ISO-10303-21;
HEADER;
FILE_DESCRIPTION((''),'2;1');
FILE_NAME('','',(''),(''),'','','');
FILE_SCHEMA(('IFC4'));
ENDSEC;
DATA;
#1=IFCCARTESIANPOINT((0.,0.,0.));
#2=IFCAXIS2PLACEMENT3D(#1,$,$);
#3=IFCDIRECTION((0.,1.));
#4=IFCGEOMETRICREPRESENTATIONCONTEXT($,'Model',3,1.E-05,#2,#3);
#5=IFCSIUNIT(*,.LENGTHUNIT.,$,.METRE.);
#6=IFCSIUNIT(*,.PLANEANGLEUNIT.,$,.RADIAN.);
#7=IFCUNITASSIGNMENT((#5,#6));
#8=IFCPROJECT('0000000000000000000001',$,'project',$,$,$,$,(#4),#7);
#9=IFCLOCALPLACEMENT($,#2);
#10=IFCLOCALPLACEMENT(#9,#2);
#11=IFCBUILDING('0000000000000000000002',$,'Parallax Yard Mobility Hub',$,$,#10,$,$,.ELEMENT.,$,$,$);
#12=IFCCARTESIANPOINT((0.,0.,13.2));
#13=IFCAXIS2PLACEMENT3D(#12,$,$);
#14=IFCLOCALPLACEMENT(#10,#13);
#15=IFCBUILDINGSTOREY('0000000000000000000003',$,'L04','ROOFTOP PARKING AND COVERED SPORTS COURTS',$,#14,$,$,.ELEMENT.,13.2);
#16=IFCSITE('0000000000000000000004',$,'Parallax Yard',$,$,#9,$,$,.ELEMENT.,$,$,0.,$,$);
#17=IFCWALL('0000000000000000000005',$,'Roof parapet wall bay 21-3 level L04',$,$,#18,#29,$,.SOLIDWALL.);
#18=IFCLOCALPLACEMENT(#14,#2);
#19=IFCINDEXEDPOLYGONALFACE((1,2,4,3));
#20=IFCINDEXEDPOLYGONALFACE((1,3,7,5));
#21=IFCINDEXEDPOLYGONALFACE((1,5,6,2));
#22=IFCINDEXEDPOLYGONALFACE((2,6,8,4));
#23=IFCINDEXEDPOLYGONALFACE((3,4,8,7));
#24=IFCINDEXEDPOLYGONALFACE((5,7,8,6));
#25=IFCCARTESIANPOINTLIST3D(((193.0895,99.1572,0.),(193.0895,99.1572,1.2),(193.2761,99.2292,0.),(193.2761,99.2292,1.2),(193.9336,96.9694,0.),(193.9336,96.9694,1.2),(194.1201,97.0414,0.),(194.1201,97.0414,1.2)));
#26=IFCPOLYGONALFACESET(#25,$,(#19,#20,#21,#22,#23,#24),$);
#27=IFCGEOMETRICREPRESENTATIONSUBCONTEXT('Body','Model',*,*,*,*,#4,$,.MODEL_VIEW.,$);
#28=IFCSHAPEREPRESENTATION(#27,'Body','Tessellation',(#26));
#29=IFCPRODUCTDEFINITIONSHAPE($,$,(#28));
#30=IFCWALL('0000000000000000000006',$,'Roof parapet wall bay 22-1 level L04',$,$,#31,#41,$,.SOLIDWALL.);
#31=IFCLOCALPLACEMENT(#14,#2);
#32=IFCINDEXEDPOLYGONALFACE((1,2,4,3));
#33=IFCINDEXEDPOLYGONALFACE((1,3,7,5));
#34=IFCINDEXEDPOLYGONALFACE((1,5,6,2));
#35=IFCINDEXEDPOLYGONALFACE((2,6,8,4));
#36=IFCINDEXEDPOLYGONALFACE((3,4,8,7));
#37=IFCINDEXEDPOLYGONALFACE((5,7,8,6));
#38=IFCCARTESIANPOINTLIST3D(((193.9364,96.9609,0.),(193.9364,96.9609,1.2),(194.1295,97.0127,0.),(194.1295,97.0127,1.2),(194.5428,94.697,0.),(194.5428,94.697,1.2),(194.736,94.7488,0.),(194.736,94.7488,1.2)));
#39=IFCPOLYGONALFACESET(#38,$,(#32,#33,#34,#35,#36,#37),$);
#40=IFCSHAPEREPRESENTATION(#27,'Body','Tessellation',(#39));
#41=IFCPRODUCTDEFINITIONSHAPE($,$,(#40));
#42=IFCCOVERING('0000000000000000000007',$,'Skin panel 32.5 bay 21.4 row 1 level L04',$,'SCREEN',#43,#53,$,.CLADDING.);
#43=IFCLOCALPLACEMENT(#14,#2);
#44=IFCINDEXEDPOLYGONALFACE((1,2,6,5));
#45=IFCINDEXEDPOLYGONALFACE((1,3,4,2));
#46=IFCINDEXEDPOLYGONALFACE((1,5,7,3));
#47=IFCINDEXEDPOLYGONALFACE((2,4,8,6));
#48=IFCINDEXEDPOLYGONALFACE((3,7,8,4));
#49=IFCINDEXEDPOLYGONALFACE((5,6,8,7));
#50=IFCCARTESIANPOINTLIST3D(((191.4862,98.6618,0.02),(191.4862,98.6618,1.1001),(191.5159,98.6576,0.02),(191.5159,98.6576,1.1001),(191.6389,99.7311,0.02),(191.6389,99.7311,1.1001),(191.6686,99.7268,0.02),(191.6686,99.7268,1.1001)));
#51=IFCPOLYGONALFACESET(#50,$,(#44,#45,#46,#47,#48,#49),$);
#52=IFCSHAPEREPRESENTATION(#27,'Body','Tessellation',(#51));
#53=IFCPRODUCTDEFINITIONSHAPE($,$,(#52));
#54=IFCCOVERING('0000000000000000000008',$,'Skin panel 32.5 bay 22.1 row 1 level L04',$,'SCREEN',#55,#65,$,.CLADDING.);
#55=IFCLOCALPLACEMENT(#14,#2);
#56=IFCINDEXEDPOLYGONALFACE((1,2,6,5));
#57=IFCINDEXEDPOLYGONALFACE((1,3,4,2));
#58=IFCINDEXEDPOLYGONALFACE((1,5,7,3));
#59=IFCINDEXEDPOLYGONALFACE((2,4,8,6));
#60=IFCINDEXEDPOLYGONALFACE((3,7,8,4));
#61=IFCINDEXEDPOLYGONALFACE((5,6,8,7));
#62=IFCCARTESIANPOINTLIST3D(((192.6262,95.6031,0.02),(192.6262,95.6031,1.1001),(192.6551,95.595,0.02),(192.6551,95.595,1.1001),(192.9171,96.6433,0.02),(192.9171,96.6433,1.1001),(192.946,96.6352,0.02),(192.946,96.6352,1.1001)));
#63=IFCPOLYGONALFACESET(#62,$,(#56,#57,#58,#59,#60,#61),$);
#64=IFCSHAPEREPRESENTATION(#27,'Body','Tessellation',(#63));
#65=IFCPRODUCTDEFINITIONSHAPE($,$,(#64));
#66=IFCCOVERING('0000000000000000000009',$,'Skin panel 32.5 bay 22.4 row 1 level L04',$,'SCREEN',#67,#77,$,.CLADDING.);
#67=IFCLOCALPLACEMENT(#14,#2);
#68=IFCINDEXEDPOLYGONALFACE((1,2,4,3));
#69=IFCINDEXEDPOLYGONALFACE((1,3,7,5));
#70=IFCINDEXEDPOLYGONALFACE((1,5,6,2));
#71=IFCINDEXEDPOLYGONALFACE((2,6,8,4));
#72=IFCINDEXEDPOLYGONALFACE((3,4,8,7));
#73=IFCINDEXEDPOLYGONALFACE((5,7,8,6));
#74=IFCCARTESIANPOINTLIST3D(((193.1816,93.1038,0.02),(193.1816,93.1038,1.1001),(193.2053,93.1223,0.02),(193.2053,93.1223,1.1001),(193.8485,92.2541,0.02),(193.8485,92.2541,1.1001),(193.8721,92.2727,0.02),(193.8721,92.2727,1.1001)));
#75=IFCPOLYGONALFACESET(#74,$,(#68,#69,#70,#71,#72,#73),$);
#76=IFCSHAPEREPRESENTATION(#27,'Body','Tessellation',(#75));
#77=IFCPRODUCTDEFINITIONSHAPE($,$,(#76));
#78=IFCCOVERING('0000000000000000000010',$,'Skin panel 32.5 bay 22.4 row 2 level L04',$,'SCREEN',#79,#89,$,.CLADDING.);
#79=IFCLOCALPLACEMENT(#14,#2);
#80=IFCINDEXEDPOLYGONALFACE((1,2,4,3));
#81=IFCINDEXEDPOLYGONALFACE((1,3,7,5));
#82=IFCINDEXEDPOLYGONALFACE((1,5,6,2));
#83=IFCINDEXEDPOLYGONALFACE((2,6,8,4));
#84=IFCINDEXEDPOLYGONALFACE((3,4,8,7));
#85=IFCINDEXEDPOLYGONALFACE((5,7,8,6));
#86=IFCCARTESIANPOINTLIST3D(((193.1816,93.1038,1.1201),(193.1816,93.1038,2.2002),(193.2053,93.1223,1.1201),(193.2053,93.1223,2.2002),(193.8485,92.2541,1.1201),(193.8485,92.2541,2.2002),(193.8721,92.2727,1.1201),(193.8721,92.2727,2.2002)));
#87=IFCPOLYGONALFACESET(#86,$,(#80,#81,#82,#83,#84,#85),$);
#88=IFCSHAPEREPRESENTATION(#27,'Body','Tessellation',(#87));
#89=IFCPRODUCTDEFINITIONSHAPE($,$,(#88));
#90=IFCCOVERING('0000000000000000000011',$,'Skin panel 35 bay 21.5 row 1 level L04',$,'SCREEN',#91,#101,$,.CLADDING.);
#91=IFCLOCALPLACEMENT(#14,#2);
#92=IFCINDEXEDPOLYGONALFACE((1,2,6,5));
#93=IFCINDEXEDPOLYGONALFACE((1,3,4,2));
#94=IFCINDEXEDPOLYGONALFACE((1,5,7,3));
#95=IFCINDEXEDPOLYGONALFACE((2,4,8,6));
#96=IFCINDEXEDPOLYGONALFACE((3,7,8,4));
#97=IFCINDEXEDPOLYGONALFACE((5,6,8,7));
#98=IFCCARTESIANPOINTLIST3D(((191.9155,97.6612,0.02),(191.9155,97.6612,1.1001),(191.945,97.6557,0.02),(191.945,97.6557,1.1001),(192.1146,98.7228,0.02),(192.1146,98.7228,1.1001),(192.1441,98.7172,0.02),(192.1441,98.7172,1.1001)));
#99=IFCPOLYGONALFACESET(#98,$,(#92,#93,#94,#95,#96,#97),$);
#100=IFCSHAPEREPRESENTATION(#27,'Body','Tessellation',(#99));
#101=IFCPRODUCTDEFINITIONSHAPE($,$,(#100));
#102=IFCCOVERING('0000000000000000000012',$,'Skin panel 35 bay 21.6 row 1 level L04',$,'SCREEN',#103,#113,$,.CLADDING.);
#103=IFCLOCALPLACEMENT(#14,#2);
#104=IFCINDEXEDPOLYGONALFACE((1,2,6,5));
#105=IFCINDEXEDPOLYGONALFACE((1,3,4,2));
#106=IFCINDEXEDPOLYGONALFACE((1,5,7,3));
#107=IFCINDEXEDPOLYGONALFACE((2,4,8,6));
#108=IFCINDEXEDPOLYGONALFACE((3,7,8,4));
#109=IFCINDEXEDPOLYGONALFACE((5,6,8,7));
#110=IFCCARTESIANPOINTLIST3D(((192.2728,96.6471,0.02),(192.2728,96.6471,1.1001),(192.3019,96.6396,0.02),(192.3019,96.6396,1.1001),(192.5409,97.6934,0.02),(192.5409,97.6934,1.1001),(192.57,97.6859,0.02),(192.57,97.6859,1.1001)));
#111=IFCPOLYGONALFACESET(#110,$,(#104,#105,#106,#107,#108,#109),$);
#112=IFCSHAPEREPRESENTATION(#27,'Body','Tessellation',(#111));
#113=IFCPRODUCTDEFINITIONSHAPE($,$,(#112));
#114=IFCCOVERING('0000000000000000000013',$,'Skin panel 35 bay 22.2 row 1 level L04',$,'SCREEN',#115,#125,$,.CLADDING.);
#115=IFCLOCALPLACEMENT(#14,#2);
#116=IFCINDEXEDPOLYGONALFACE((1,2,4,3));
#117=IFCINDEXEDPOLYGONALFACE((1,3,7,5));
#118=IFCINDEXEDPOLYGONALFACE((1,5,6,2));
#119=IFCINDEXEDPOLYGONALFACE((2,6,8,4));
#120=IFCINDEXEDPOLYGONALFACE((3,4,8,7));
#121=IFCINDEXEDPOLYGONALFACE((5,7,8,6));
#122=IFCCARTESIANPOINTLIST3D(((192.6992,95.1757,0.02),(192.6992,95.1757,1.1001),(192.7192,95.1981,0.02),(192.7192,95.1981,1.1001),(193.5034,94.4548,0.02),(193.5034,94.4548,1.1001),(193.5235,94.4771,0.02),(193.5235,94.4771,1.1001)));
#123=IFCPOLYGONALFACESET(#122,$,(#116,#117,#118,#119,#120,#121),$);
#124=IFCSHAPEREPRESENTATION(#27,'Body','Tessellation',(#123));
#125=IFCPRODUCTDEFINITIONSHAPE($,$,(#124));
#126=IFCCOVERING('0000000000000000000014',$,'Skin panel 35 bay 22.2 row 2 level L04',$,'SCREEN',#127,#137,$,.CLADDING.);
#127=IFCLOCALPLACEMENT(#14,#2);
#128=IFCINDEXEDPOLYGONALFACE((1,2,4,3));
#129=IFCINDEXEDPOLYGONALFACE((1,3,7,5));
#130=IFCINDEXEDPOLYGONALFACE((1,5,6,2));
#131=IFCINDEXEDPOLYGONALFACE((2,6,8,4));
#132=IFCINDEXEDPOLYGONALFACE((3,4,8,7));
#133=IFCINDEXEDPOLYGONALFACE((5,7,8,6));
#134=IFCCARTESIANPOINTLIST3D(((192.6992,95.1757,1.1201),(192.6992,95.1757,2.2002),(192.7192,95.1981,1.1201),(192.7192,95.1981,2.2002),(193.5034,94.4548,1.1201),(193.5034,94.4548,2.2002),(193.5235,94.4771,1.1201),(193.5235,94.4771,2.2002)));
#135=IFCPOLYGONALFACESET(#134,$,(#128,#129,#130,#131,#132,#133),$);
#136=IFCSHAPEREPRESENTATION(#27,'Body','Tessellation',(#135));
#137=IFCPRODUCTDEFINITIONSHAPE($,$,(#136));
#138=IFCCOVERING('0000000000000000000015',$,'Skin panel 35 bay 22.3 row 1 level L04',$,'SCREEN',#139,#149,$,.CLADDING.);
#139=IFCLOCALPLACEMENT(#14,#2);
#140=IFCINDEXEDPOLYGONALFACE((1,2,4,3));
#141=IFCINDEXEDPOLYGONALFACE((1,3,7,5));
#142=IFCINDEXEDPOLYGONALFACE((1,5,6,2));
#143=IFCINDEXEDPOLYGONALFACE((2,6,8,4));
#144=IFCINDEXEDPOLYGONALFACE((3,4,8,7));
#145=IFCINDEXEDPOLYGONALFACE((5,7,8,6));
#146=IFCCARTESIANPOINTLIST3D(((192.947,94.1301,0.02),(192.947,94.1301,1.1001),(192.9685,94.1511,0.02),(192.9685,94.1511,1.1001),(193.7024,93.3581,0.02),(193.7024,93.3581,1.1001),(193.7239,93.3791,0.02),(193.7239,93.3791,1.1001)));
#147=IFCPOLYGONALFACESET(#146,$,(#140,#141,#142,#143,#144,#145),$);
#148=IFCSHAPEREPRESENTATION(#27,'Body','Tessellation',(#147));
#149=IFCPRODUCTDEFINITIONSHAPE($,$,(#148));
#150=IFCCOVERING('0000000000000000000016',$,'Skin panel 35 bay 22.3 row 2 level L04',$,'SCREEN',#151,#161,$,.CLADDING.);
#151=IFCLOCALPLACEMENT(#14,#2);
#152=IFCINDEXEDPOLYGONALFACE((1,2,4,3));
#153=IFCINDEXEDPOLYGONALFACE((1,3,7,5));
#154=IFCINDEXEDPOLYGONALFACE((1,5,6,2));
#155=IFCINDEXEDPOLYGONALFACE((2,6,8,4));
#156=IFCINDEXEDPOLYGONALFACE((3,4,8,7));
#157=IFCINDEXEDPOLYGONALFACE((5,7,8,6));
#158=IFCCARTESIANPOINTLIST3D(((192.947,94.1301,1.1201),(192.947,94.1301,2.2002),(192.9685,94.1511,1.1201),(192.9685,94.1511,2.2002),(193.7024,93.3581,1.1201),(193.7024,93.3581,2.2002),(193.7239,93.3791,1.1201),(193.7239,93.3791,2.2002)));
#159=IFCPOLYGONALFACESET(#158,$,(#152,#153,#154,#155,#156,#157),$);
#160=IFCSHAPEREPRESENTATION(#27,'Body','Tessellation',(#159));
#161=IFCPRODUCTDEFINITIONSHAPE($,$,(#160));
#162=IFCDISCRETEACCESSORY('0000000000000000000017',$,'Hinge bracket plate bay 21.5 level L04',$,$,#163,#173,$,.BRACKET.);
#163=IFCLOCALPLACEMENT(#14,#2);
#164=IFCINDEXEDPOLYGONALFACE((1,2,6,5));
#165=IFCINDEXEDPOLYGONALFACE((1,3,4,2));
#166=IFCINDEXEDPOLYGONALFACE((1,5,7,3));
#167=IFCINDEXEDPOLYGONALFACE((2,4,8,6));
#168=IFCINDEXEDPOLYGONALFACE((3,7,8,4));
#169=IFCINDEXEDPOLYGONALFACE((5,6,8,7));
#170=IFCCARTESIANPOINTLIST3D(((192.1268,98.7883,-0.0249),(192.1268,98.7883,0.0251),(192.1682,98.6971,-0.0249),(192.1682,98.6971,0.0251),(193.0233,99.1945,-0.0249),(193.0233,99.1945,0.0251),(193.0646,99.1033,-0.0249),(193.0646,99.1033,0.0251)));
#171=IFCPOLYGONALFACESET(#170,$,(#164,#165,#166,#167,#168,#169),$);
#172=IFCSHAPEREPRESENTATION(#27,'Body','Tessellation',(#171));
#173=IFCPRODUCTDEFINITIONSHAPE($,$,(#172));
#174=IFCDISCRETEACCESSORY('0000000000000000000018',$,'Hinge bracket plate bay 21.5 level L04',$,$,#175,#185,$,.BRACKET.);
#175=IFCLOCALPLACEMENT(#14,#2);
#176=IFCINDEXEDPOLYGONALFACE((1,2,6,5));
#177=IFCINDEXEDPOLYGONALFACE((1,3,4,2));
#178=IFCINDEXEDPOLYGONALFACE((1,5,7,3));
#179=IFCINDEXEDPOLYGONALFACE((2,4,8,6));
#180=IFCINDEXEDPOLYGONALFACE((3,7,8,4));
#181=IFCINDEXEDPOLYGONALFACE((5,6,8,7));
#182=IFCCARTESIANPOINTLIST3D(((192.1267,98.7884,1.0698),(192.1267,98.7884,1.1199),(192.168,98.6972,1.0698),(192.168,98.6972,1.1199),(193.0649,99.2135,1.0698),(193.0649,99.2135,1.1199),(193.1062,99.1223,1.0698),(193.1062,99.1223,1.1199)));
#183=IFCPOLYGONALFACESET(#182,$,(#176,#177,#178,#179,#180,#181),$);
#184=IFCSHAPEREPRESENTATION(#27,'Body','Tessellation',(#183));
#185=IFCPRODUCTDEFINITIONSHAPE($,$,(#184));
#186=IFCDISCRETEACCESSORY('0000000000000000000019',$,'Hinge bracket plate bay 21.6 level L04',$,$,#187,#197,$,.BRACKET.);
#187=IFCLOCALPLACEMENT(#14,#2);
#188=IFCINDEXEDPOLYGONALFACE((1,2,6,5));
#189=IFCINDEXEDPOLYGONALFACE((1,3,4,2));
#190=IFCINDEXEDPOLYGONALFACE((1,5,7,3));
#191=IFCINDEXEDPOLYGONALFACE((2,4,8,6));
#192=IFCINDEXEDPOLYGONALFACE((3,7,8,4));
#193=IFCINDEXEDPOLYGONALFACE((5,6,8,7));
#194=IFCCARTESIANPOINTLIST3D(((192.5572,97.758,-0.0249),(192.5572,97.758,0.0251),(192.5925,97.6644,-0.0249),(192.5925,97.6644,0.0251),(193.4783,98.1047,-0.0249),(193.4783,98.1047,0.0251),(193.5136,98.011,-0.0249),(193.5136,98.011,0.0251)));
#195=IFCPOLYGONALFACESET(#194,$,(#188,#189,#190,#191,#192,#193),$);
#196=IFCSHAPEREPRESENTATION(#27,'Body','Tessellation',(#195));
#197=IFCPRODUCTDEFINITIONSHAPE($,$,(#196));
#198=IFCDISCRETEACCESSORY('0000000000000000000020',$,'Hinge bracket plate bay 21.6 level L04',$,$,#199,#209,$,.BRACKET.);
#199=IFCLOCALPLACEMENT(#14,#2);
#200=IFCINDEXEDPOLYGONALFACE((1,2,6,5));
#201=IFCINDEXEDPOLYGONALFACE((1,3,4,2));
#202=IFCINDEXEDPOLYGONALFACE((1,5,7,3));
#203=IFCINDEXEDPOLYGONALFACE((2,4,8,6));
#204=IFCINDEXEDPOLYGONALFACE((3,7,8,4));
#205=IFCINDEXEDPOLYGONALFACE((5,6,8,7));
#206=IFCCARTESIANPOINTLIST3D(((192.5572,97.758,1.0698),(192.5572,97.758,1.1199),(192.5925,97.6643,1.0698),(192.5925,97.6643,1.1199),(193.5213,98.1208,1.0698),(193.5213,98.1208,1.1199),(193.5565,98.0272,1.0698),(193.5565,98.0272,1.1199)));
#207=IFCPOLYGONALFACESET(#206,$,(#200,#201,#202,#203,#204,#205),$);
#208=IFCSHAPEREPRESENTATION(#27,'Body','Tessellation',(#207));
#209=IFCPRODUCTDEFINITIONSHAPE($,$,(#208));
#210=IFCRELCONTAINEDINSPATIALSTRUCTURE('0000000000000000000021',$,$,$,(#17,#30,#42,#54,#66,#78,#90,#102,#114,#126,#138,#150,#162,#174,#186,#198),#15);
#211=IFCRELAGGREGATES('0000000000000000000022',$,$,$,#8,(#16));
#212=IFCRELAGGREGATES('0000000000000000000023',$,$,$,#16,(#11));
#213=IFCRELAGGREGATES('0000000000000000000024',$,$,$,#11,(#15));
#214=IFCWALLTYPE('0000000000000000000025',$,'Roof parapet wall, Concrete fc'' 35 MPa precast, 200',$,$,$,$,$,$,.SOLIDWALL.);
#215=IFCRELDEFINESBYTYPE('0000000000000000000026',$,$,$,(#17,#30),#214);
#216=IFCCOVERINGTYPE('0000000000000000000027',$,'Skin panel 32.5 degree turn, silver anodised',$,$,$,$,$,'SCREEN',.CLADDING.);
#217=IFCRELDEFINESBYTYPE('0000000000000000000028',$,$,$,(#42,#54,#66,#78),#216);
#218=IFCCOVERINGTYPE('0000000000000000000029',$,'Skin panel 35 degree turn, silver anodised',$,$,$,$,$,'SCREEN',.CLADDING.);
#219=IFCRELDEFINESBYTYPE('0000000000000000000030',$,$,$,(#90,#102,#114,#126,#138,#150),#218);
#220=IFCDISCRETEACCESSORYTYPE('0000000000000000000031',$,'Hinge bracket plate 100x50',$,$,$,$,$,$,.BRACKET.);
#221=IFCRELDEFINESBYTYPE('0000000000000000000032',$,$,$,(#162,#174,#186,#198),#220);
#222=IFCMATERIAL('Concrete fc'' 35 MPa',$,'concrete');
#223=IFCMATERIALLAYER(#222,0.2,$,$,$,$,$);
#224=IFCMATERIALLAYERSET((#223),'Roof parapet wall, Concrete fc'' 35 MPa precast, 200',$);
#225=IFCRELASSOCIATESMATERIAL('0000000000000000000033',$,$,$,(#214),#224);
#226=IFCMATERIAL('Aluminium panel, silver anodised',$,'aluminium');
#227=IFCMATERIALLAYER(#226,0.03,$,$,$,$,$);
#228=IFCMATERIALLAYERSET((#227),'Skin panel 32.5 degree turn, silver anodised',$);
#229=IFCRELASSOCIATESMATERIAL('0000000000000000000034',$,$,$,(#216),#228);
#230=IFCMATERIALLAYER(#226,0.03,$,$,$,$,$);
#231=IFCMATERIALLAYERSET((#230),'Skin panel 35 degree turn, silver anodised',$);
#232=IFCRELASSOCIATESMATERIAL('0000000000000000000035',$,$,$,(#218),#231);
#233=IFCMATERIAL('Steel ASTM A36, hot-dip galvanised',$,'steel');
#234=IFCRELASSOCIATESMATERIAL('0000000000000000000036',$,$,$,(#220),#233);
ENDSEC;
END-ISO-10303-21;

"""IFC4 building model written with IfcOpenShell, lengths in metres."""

from ifc_helpers import new_model, si_unit, direction, frame, frame_2d, origin, origin_2d, place, context, subcontext, project, spatial, rectangle, extrude, material, layer, layer_set, type_object, element, save


model = new_model("IFC4")

# Units and contexts
model_context = context("Model", 3, precision=1e-05, world=origin(), true_north=direction((0.0, 1.0)))
body_context = subcontext(model_context, "Body", "Model", "MODEL_VIEW")
ifc_project = project(units=[si_unit("LENGTHUNIT", "METRE"), si_unit("PLANEANGLEUNIT", "RADIAN")], contexts=[model_context])

# Site, building, storey
site_placement = place(None, origin())
site = spatial("IfcSite", under=ifc_project, at=site_placement, Name="Parallax Yard", CompositionType="ELEMENT", RefElevation=0.0)
building_placement = place(site_placement, origin())
building = spatial("IfcBuilding", under=site, at=building_placement, Name="Parallax Yard Mobility Hub", CompositionType="ELEMENT")
storey_placement = place(building_placement, frame((0.0, 0.0, 13.2)))
storey = spatial("IfcBuildingStorey", under=building, at=storey_placement, Name="L04", Description="ROOFTOP PARKING AND COVERED SPORTS COURTS", CompositionType="ELEMENT", Elevation=13.2)

# Walls
ifc_material_1 = material(Name="Concrete fc' 35 MPa", Category="concrete")
ifc_layer_1 = layer(ifc_material_1, 0.2)
ifc_layer_set_1 = layer_set([ifc_layer_1], Name="Roof parapet wall, Concrete fc' 35 MPa precast, 200")
wall_type = type_object("IfcWallType", Name="Roof parapet wall, Concrete fc' 35 MPa precast, 200", PredefinedType="SOLIDWALL", material=ifc_layer_set_1)
wall_1_placement = place(storey_placement, frame((193.1829, 99.1931, 0.0), z_axis=(0.0, 0.0, 1.0), x_axis=(0.359928, -0.93298, 0.0)))
element("IfcWall", 1, at=wall_1_placement, inside=storey, type_object=wall_type, Name="Roof parapet wall bay 21-3 level L04", PredefinedType="SOLIDWALL", context=body_context, shape_type="SweptSolid", body=[
    extrude(rectangle(XDim=2.345, YDim=0.2, at=frame_2d((1.1724, 0.0))), origin(), (0.0, 0.0, 1.0), 1.2),
])
wall_2_placement = place(storey_placement, frame((194.033, 96.9868, 0.0), z_axis=(0.0, 0.0, 1.0), x_axis=(0.258752, -0.965944, 0.0)))
element("IfcWall", 2, at=wall_2_placement, inside=storey, type_object=wall_type, Name="Roof parapet wall bay 22-1 level L04", PredefinedType="SOLIDWALL", context=body_context, shape_type="SweptSolid", body=[
    extrude(rectangle(XDim=2.3438, YDim=0.2, at=frame_2d((1.1719, 0.0))), origin(), (0.0, 0.0, 1.0), 1.2),
])

# Coverings
ifc_material_2 = material(Name="Aluminium panel, silver anodised", Category="aluminium")
ifc_layer_2 = layer(ifc_material_2, 0.03)
ifc_layer_set_2 = layer_set([ifc_layer_2], Name="Skin panel 32.5 degree turn, silver anodised")
covering_type_1 = type_object("IfcCoveringType", Name="Skin panel 32.5 degree turn, silver anodised", ElementType="SCREEN", PredefinedType="CLADDING", material=ifc_layer_set_2)
for number, where, z_axis, x_axis, name in (
    (3, (191.5774, 99.1943, 0.02), (0.0, 0.0, 1.0), (-0.141333, -0.989962, 0.0), "Skin panel 32.5 bay 21.4 row 1 level L04"),
    (4, (192.7861, 96.1191, 0.02), (0.0, 0.0, 1.0), (-0.26934, -0.963045, 0.0), "Skin panel 32.5 bay 22.1 row 1 level L04"),
    (5, (193.5269, 92.6882, 0.02), (0.0, 0.0, 1.0), (-0.617379, 0.786666, 0.0), "Skin panel 32.5 bay 22.4 row 1 level L04"),
    (6, (193.5269, 92.6882, 1.1201), (0.0, 0.0, 1.0), (-0.617379, 0.786666, 0.0), "Skin panel 32.5 bay 22.4 row 2 level L04"),
):
    element("IfcCovering", number, at=place(storey_placement, frame(where, z_axis=z_axis, x_axis=x_axis)), inside=storey, type_object=covering_type_1, Name=name, ObjectType="SCREEN", PredefinedType="CLADDING", context=body_context, shape_type="SweptSolid", body=[
        extrude(rectangle(XDim=1.0801, YDim=0.03, at=origin_2d()), origin(), (0.0, 0.0, 1.0), 1.0801),
    ])
ifc_layer_3 = layer(ifc_material_2, 0.03)
ifc_layer_set_3 = layer_set([ifc_layer_3], Name="Skin panel 35 degree turn, silver anodised")
covering_type_2 = type_object("IfcCoveringType", Name="Skin panel 35 degree turn, silver anodised", ElementType="SCREEN", PredefinedType="CLADDING", material=ifc_layer_set_3)
for number, where, z_axis, x_axis, name in (
    (7, (192.0298, 98.1892, 0.02), (0.0, 0.0, 1.0), (-0.18438, -0.982855, 0.0), "Skin panel 35 bay 21.5 row 1 level L04"),
    (8, (192.4214, 97.1665, 0.02), (0.0, 0.0, 1.0), (-0.248267, -0.968692, 0.0), "Skin panel 35 bay 21.6 row 1 level L04"),
    (9, (193.1113, 94.8264, 0.02), (0.0, 0.0, 1.0), (-0.744603, 0.667508, 0.0), "Skin panel 35 bay 22.2 row 1 level L04"),
    (10, (193.1113, 94.8264, 1.1201), (0.0, 0.0, 1.0), (-0.744603, 0.667508, 0.0), "Skin panel 35 bay 22.2 row 2 level L04"),
    (11, (193.3354, 93.7546, 0.02), (0.0, 0.0, 1.0), (-0.699352, 0.714778, 0.0), "Skin panel 35 bay 22.3 row 1 level L04"),
    (12, (193.3354, 93.7546, 1.1201), (0.0, 0.0, 1.0), (-0.699352, 0.714778, 0.0), "Skin panel 35 bay 22.3 row 2 level L04"),
):
    element("IfcCovering", number, at=place(storey_placement, frame(where, z_axis=z_axis, x_axis=x_axis)), inside=storey, type_object=covering_type_2, Name=name, ObjectType="SCREEN", PredefinedType="CLADDING", context=body_context, shape_type="SweptSolid", body=[
        extrude(rectangle(XDim=1.0801, YDim=0.03, at=origin_2d()), origin(), (0.0, 0.0, 1.0), 1.0801),
    ])

# Discrete accessories
ifc_material_3 = material(Name="Steel ASTM A36, hot-dip galvanised", Category="steel")
discrete_accessory_type_1 = type_object("IfcDiscreteAccessoryType", Name="Hinge bracket plate 100x50", PredefinedType="BRACKET", material=ifc_material_3)
discrete_accessory_1_placement = place(storey_placement, frame((192.5957, 98.9458, -0.0249), z_axis=(0.0, 0.0, 1.0), x_axis=(-0.910864, -0.412707, 0.0)))
element("IfcDiscreteAccessory", 13, at=discrete_accessory_1_placement, inside=storey, type_object=discrete_accessory_type_1, Name="Hinge bracket plate bay 21.5 level L04", PredefinedType="BRACKET", context=body_context, shape_type="SweptSolid", body=[
    extrude(rectangle(XDim=0.9841, YDim=0.1001, at=origin_2d()), origin(), (0.0, 0.0, 1.0), 0.05),
])
discrete_accessory_2_placement = place(storey_placement, frame((192.6165, 98.9553, 1.0698), z_axis=(0.0, 0.0, 1.0), x_axis=(-0.910864, -0.412707, 0.0)))
element("IfcDiscreteAccessory", 14, at=discrete_accessory_2_placement, inside=storey, type_object=discrete_accessory_type_1, Name="Hinge bracket plate bay 21.5 level L04", PredefinedType="BRACKET", context=body_context, shape_type="SweptSolid", body=[
    extrude(rectangle(XDim=1.03, YDim=0.1001, at=origin_2d()), origin(), (0.0, 0.0, 1.0), 0.05),
])
discrete_accessory_3_placement = place(storey_placement, frame((193.0354, 97.8845, -0.0249), z_axis=(0.0, 0.0, 1.0), x_axis=(-0.935906, -0.35225, 0.0)))
element("IfcDiscreteAccessory", 15, at=discrete_accessory_3_placement, inside=storey, type_object=discrete_accessory_type_1, Name="Hinge bracket plate bay 21.6 level L04", PredefinedType="BRACKET", context=body_context, shape_type="SweptSolid", body=[
    extrude(rectangle(XDim=0.9841, YDim=0.1001, at=origin_2d()), origin(), (0.0, 0.0, 1.0), 0.05),
])
discrete_accessory_4_placement = place(storey_placement, frame((193.0569, 97.8926, 1.0698), z_axis=(0.0, 0.0, 1.0), x_axis=(-0.935906, -0.35225, 0.0)))
element("IfcDiscreteAccessory", 16, at=discrete_accessory_4_placement, inside=storey, type_object=discrete_accessory_type_1, Name="Hinge bracket plate bay 21.6 level L04", PredefinedType="BRACKET", context=body_context, shape_type="SweptSolid", body=[
    extrude(rectangle(XDim=1.03, YDim=0.1001, at=origin_2d()), origin(), (0.0, 0.0, 1.0), 0.05),
])

save(model, "model.ifc")
